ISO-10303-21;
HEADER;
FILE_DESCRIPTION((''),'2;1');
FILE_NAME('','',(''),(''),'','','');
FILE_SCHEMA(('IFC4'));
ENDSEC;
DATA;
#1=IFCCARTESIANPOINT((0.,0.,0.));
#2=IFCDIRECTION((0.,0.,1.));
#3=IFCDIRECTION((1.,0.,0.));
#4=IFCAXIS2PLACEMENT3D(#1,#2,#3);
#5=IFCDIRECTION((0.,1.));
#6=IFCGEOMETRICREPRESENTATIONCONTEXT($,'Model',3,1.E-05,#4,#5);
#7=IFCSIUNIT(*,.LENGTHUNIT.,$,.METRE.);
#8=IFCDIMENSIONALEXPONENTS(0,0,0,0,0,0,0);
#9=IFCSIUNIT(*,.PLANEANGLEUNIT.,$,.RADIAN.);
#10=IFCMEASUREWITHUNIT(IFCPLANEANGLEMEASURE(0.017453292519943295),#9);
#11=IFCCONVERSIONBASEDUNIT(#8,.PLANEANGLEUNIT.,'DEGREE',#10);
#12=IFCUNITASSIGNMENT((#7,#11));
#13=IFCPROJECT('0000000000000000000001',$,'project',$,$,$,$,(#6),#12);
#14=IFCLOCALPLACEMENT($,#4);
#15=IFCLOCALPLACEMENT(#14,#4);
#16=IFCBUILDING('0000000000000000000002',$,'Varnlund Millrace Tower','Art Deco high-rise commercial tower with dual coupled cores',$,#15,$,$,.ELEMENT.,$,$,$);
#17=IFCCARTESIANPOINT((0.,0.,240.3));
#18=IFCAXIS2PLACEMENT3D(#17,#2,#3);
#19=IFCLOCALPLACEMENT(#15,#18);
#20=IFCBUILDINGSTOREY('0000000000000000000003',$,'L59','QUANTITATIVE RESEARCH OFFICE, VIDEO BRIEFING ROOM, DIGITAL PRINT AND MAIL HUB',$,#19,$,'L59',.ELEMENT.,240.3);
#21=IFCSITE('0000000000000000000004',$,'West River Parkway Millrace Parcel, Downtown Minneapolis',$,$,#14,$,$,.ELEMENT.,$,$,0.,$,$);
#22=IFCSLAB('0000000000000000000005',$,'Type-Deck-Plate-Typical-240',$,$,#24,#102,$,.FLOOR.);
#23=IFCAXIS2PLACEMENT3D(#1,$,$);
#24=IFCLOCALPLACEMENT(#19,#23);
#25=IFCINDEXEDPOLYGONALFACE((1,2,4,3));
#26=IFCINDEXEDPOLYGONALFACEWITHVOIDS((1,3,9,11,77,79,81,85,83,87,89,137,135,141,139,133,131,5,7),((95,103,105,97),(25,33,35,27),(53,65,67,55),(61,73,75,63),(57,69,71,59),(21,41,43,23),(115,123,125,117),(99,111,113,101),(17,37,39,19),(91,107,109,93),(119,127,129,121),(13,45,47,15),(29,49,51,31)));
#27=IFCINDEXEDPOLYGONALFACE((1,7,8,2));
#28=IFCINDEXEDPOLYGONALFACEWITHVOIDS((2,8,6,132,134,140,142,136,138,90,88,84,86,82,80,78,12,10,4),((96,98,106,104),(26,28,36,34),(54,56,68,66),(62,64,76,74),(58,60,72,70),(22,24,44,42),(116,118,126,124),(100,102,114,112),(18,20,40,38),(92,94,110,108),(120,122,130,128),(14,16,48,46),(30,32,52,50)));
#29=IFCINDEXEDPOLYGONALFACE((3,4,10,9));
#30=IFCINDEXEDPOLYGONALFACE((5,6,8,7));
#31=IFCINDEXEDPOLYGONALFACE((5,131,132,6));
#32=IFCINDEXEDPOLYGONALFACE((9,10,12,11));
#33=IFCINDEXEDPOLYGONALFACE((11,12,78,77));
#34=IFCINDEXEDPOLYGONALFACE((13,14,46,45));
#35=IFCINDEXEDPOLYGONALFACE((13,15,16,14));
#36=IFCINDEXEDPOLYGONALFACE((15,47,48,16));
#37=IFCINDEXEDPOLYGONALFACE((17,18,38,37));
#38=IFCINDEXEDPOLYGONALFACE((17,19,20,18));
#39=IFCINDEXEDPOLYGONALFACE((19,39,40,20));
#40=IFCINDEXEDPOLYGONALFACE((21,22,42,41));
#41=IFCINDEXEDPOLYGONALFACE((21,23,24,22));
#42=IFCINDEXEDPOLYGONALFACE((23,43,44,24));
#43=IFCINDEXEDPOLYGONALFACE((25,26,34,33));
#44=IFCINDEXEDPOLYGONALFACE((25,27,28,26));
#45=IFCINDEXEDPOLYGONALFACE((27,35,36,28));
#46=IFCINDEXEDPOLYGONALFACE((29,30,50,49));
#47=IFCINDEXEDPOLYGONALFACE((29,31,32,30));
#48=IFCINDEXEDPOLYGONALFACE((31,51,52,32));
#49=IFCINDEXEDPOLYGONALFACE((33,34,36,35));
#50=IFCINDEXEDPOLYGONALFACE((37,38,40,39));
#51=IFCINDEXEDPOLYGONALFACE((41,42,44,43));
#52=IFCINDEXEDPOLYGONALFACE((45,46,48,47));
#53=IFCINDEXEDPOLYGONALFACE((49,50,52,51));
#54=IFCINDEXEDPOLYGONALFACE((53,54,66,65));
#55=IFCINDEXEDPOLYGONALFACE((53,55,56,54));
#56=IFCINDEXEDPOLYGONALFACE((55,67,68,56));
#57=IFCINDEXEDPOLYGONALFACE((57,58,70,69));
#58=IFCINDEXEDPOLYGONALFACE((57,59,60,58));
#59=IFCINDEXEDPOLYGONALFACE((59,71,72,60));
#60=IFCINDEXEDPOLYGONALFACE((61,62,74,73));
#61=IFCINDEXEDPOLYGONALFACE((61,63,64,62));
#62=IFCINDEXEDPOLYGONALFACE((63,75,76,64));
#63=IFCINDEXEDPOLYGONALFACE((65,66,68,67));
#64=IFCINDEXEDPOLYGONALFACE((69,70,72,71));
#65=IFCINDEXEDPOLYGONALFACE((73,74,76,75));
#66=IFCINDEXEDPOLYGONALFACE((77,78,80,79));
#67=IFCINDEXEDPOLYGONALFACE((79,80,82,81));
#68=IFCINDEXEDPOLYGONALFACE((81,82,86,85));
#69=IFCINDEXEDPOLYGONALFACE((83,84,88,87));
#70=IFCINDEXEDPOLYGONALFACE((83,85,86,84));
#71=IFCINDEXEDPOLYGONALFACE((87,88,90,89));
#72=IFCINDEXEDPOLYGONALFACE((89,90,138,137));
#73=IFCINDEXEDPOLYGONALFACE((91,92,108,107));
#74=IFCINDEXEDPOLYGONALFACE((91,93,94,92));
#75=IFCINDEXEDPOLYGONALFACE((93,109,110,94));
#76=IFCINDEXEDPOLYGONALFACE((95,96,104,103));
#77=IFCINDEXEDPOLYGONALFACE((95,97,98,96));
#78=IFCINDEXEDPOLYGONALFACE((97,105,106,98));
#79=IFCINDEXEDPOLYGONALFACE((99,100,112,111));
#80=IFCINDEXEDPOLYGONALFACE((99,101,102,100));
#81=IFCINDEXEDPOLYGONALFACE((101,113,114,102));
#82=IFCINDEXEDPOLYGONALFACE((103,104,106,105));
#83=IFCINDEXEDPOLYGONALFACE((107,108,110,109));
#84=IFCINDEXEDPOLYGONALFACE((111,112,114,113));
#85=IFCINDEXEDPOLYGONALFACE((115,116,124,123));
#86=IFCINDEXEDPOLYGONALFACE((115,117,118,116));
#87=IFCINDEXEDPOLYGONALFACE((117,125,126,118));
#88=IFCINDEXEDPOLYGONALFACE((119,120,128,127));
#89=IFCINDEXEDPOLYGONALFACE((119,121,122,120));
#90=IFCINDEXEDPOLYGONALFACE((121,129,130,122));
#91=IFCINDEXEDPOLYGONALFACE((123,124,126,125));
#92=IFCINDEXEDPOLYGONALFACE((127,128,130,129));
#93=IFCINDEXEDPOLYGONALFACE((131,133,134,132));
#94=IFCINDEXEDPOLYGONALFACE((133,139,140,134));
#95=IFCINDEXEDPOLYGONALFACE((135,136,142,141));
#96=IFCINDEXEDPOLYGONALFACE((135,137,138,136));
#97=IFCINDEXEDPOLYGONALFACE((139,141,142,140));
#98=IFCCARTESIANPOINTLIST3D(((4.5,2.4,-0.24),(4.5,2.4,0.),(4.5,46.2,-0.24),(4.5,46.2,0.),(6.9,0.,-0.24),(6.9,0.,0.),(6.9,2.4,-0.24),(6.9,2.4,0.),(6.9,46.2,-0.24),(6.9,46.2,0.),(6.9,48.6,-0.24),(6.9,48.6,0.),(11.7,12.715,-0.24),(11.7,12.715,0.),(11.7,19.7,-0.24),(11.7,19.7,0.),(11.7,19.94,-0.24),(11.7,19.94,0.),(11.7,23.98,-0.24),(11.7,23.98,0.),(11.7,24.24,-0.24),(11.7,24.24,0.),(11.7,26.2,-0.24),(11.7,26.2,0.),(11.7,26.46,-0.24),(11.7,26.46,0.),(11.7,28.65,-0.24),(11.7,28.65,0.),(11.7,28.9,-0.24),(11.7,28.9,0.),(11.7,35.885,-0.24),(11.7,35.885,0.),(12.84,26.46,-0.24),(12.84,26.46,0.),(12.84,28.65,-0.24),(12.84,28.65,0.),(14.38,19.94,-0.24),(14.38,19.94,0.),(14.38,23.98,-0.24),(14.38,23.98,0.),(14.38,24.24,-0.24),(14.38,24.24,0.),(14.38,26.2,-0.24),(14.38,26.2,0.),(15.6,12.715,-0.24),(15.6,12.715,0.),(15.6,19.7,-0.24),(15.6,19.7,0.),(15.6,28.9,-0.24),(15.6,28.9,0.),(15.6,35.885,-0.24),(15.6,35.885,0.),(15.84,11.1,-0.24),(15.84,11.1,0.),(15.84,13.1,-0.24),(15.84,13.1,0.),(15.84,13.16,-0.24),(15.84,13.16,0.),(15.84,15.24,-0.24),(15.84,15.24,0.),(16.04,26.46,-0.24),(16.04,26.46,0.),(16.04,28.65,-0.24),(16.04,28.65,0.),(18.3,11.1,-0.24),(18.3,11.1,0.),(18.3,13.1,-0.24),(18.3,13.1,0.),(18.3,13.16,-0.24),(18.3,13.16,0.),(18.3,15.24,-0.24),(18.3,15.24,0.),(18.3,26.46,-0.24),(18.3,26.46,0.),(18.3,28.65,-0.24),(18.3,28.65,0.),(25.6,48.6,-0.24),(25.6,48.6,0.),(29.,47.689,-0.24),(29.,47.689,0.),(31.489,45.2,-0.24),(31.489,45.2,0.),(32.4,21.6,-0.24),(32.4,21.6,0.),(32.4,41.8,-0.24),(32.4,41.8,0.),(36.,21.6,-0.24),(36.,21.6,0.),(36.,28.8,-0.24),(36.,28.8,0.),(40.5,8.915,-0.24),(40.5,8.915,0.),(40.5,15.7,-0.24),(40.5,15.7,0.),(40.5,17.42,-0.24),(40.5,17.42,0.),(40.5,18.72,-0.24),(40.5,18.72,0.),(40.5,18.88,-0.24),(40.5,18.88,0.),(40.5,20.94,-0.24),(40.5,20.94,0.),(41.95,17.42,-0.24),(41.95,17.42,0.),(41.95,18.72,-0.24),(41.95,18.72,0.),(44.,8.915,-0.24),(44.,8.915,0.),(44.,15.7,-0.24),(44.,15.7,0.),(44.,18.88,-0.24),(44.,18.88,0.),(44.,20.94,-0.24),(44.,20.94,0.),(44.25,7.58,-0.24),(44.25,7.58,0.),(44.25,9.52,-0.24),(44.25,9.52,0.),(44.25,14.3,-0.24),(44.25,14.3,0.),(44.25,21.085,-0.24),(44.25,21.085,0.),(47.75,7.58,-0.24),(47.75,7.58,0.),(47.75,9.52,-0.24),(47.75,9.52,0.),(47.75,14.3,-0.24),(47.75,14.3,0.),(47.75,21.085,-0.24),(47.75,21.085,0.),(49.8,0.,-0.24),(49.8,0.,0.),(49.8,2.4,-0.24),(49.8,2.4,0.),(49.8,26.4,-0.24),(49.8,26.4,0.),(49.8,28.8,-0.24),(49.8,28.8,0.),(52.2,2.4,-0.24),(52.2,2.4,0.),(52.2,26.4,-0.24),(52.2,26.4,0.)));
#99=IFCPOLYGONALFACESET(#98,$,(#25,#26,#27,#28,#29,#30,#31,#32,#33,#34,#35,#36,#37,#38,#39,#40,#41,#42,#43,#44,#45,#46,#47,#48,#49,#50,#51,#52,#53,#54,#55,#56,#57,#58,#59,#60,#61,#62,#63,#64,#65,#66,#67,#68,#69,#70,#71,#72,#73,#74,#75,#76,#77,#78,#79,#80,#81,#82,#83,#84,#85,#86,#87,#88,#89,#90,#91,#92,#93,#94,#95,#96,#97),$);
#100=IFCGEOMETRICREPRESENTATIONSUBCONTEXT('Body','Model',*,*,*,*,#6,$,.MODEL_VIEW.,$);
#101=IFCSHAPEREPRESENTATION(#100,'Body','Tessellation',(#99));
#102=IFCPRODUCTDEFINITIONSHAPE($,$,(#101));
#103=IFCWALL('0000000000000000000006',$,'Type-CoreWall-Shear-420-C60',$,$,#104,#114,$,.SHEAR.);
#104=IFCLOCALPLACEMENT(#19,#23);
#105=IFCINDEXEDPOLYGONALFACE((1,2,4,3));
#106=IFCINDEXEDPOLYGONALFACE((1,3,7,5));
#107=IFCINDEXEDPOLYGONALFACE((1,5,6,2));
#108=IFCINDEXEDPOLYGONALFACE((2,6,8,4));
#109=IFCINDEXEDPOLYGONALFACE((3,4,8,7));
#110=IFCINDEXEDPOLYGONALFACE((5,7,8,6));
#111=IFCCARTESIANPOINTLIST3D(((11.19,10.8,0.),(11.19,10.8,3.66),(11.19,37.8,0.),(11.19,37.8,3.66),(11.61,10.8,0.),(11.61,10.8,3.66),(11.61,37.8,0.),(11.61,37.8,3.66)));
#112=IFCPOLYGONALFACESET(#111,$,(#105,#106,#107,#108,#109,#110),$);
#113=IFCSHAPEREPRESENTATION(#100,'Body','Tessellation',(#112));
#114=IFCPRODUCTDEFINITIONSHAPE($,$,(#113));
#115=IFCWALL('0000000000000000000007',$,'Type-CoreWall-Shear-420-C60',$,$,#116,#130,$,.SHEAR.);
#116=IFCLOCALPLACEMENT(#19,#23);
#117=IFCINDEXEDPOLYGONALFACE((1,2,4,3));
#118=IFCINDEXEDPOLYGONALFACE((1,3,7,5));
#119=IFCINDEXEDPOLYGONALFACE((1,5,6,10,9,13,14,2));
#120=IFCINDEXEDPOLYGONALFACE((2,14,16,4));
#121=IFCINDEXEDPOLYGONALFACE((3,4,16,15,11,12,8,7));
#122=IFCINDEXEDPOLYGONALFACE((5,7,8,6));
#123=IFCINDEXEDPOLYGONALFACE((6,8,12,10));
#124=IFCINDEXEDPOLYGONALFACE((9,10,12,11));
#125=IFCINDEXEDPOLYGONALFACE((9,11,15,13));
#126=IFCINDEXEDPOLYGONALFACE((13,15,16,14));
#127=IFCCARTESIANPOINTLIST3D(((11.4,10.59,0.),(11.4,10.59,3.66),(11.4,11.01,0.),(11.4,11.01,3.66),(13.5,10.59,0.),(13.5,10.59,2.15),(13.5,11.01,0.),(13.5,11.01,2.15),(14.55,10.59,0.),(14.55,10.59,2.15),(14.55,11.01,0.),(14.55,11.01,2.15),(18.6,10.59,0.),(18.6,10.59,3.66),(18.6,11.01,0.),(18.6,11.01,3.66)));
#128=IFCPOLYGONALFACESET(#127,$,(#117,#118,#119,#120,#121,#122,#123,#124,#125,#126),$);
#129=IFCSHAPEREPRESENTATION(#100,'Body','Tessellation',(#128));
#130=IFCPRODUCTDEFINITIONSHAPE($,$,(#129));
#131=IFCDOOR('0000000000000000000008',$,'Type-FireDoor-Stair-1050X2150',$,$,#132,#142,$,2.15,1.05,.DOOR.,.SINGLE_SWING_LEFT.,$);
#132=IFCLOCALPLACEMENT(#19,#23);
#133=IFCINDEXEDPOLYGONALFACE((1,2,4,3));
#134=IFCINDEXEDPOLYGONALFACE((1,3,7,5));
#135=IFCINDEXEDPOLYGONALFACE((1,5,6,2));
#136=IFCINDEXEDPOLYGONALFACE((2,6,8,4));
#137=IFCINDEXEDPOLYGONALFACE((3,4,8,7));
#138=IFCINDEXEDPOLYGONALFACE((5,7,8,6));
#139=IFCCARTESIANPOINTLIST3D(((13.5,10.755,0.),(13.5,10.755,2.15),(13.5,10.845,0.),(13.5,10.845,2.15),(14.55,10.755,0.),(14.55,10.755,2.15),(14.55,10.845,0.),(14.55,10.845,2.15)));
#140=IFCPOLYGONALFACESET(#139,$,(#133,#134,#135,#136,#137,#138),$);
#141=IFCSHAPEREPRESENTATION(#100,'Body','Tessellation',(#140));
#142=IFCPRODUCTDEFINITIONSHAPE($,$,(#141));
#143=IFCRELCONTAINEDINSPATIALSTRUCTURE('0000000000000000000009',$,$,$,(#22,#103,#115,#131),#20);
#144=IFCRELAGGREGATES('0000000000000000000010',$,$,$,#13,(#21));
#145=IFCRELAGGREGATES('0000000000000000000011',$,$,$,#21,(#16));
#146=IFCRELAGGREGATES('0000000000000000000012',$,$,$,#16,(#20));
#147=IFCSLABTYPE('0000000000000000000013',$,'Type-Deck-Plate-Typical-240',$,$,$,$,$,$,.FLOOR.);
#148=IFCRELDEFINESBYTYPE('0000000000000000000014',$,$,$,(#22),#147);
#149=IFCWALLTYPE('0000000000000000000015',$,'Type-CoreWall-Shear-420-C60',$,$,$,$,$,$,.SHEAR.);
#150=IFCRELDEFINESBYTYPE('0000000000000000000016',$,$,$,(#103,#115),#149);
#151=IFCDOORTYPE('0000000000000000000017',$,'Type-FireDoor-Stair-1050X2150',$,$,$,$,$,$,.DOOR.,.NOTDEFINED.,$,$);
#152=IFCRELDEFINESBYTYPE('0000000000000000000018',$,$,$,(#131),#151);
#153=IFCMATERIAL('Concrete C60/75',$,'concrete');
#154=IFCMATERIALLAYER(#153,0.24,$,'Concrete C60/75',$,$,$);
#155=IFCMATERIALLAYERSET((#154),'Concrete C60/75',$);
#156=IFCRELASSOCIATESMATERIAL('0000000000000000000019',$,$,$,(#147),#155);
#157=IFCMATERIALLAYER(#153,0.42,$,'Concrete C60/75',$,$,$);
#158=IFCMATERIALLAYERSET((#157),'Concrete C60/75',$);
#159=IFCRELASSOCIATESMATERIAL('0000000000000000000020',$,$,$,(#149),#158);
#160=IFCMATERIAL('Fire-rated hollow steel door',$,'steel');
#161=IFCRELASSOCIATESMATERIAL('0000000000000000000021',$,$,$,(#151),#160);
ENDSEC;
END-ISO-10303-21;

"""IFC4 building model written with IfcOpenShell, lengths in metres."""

from ifc_helpers import new_model, entity, si_unit, converted_unit, direction, frame, origin_with_axes, origin_2d_with_axis, place, context, subcontext, project, spatial, polyline, rectangle, outline, extrude, material, layer, layer_set, type_object, element, fill, save


model = new_model("IFC4")

# Units and contexts
model_context = context("Model", 3, precision=1e-05, world=origin_with_axes(), true_north=direction((0.0, 1.0)))
body_context = subcontext(model_context, "Body", "Model", "MODEL_VIEW")
ifc_project = project(units=[si_unit("LENGTHUNIT", "METRE"), converted_unit("PLANEANGLEUNIT", "DEGREE", entity("IfcPlaneAngleMeasure", 0.017453292519943295), si_unit("PLANEANGLEUNIT", "RADIAN"), dimensions=[0, 0, 0, 0, 0, 0, 0])], contexts=[model_context])

# Site, building, storey
site_placement = place(None, origin_with_axes())
site = spatial("IfcSite", under=ifc_project, at=site_placement, Name="West River Parkway Millrace Parcel, Downtown Minneapolis", CompositionType="ELEMENT", RefElevation=0.0)
building_placement = place(site_placement, origin_with_axes())
building = spatial("IfcBuilding", under=site, at=building_placement, Name="Varnlund Millrace Tower", Description="Art Deco high-rise commercial tower with dual coupled cores", CompositionType="ELEMENT")
storey_placement = place(building_placement, frame((0.0, 0.0, 240.3), z_axis=(0.0, 0.0, 1.0), x_axis=(1.0, 0.0, 0.0)))
storey = spatial("IfcBuildingStorey", under=building, at=storey_placement, Name="L59", Description="QUANTITATIVE RESEARCH OFFICE, VIDEO BRIEFING ROOM, DIGITAL PRINT AND MAIL HUB", LongName="L59", CompositionType="ELEMENT", Elevation=240.3)

# Slab
ifc_material_1 = material(Name="Concrete C60/75", Category="concrete")
ifc_layer_1 = layer(ifc_material_1, 0.24, Name="Concrete C60/75")
ifc_layer_set_1 = layer_set([ifc_layer_1], Name="Concrete C60/75")
slab_type = type_object("IfcSlabType", Name="Type-Deck-Plate-Typical-240", PredefinedType="FLOOR", material=ifc_layer_set_1)
slab_placement = place(storey_placement, frame((0.0, 0.0, -0.24), z_axis=(0.0, 0.0, 1.0), x_axis=(1.0, 0.0, 0.0)))
element("IfcSlab", 1, at=slab_placement, inside=storey, type_object=slab_type, Name="Type-Deck-Plate-Typical-240", PredefinedType="FLOOR", context=body_context, shape_type="SweptSolid", body=[
    extrude(outline(polyline([(32.4, 21.6), (32.4, 41.8), (31.489, 45.2), (29.0, 47.689), (25.6, 48.6), (6.9, 48.6), (6.9, 46.2), (4.5, 46.2), (4.5, 2.4), (6.9, 2.4), (6.9, 0.0), (49.8, 0.0), (49.8, 2.4), (52.2, 2.4), (52.2, 26.4), (49.8, 26.4), (49.8, 28.8), (36.0, 28.8), (36.0, 21.6), (32.4, 21.6)]), holes=[polyline([(18.3, 13.1), (18.3, 11.1), (15.84, 11.1), (15.84, 13.1), (18.3, 13.1)]), polyline([(15.6, 12.715), (11.7, 12.715), (11.7, 19.7), (15.6, 19.7), (15.6, 12.715)]), polyline([(11.7, 19.94), (11.7, 23.98), (14.38, 23.98), (14.38, 19.94), (11.7, 19.94)]), polyline([(14.38, 24.24), (11.7, 24.24), (11.7, 26.2), (14.38, 26.2), (14.38, 24.24)]), polyline([(12.84, 26.46), (11.7, 26.46), (11.7, 28.65), (12.84, 28.65), (12.84, 26.46)]), polyline([(15.6, 28.9), (11.7, 28.9), (11.7, 35.885), (15.6, 35.885), (15.6, 28.9)]), polyline([(47.75, 9.52), (47.75, 7.58), (44.25, 7.58), (44.25, 9.52), (47.75, 9.52)]), polyline([(44.0, 8.915), (40.5, 8.915), (40.5, 15.7), (44.0, 15.7), (44.0, 8.915)]), polyline([(18.3, 13.16), (15.84, 13.16), (15.84, 15.24), (18.3, 15.24), (18.3, 13.16)]), polyline([(47.75, 14.3), (44.25, 14.3), (44.25, 21.085), (47.75, 21.085), (47.75, 14.3)]), polyline([(41.95, 17.42), (40.5, 17.42), (40.5, 18.72), (41.95, 18.72), (41.95, 17.42)]), polyline([(44.0, 18.88), (40.5, 18.88), (40.5, 20.94), (44.0, 20.94), (44.0, 18.88)]), polyline([(18.3, 26.46), (16.04, 26.46), (16.04, 28.65), (18.3, 28.65), (18.3, 26.46)])]), origin_with_axes(), (0.0, 0.0, 1.0), 0.24),
])

# Wall
ifc_layer_2 = layer(ifc_material_1, 0.42, Name="Concrete C60/75")
ifc_layer_set_2 = layer_set([ifc_layer_2], Name="Concrete C60/75")
wall_type = type_object("IfcWallType", Name="Type-CoreWall-Shear-420-C60", PredefinedType="SHEAR", material=ifc_layer_set_2)
wall_1_placement = place(storey_placement, frame((11.4, 10.8, 0.0), z_axis=(0.0, 0.0, 1.0), x_axis=(0.0, 1.0, 0.0)))
element("IfcWall", 2, at=wall_1_placement, inside=storey, type_object=wall_type, Name="Type-CoreWall-Shear-420-C60", PredefinedType="SHEAR", context=body_context, shape_type="SweptSolid", body=[
    extrude(outline(polyline([(0.0, -0.21), (27.0, -0.21), (27.0, 0.21), (0.0, 0.21), (0.0, -0.21)])), origin_with_axes(), (0.0, 0.0, 1.0), 3.66),
])

# Wall, opening, door
wall_2_placement = place(storey_placement, frame((11.4, 10.8, 0.0), z_axis=(0.0, 0.0, 1.0), x_axis=(1.0, 0.0, 0.0)))
wall_2 = element("IfcWall", 3, at=wall_2_placement, inside=storey, type_object=wall_type, Name="Type-CoreWall-Shear-420-C60", PredefinedType="SHEAR", context=body_context, shape_type="SweptSolid", body=[
    extrude(outline(polyline([(0.0, -0.21), (7.2, -0.21), (7.2, 0.21), (0.0, 0.21), (0.0, -0.21)])), origin_with_axes(), (0.0, 0.0, 1.0), 3.66),
])
opening_placement = place(wall_2_placement, frame((2.625, 0.0, 0.0), z_axis=(0.0, 0.0, 1.0), x_axis=(1.0, 0.0, 0.0)))
opening = element("IfcOpeningElement", 4, at=opening_placement, cuts=wall_2, PredefinedType="OPENING", context=body_context, shape_type="SweptSolid", body=[
    extrude(rectangle(XDim=1.05, YDim=0.44, at=origin_2d_with_axis()), origin_with_axes(), (0.0, 0.0, 1.0), 2.15),
])
ifc_material_2 = material(Name="Fire-rated hollow steel door", Category="steel")
door_type = type_object("IfcDoorType", Name="Type-FireDoor-Stair-1050X2150", OperationType="NOTDEFINED", PredefinedType="DOOR", material=ifc_material_2)
door_placement = place(wall_2_placement, frame((2.625, 0.0, 0.0), z_axis=(0.0, 0.0, 1.0), x_axis=(1.0, 0.0, 0.0)))
door = element("IfcDoor", 5, at=door_placement, inside=storey, type_object=door_type, Name="Type-FireDoor-Stair-1050X2150", OperationType="SINGLE_SWING_LEFT", OverallHeight=2.15, OverallWidth=1.05, PredefinedType="DOOR", context=body_context, shape_type="SweptSolid", body=[
    extrude(rectangle(XDim=1.05, YDim=0.09, at=origin_2d_with_axis()), origin_with_axes(), (0.0, 0.0, 1.0), 2.15),
])
fill(opening, door)

save(model, "model.ifc")
